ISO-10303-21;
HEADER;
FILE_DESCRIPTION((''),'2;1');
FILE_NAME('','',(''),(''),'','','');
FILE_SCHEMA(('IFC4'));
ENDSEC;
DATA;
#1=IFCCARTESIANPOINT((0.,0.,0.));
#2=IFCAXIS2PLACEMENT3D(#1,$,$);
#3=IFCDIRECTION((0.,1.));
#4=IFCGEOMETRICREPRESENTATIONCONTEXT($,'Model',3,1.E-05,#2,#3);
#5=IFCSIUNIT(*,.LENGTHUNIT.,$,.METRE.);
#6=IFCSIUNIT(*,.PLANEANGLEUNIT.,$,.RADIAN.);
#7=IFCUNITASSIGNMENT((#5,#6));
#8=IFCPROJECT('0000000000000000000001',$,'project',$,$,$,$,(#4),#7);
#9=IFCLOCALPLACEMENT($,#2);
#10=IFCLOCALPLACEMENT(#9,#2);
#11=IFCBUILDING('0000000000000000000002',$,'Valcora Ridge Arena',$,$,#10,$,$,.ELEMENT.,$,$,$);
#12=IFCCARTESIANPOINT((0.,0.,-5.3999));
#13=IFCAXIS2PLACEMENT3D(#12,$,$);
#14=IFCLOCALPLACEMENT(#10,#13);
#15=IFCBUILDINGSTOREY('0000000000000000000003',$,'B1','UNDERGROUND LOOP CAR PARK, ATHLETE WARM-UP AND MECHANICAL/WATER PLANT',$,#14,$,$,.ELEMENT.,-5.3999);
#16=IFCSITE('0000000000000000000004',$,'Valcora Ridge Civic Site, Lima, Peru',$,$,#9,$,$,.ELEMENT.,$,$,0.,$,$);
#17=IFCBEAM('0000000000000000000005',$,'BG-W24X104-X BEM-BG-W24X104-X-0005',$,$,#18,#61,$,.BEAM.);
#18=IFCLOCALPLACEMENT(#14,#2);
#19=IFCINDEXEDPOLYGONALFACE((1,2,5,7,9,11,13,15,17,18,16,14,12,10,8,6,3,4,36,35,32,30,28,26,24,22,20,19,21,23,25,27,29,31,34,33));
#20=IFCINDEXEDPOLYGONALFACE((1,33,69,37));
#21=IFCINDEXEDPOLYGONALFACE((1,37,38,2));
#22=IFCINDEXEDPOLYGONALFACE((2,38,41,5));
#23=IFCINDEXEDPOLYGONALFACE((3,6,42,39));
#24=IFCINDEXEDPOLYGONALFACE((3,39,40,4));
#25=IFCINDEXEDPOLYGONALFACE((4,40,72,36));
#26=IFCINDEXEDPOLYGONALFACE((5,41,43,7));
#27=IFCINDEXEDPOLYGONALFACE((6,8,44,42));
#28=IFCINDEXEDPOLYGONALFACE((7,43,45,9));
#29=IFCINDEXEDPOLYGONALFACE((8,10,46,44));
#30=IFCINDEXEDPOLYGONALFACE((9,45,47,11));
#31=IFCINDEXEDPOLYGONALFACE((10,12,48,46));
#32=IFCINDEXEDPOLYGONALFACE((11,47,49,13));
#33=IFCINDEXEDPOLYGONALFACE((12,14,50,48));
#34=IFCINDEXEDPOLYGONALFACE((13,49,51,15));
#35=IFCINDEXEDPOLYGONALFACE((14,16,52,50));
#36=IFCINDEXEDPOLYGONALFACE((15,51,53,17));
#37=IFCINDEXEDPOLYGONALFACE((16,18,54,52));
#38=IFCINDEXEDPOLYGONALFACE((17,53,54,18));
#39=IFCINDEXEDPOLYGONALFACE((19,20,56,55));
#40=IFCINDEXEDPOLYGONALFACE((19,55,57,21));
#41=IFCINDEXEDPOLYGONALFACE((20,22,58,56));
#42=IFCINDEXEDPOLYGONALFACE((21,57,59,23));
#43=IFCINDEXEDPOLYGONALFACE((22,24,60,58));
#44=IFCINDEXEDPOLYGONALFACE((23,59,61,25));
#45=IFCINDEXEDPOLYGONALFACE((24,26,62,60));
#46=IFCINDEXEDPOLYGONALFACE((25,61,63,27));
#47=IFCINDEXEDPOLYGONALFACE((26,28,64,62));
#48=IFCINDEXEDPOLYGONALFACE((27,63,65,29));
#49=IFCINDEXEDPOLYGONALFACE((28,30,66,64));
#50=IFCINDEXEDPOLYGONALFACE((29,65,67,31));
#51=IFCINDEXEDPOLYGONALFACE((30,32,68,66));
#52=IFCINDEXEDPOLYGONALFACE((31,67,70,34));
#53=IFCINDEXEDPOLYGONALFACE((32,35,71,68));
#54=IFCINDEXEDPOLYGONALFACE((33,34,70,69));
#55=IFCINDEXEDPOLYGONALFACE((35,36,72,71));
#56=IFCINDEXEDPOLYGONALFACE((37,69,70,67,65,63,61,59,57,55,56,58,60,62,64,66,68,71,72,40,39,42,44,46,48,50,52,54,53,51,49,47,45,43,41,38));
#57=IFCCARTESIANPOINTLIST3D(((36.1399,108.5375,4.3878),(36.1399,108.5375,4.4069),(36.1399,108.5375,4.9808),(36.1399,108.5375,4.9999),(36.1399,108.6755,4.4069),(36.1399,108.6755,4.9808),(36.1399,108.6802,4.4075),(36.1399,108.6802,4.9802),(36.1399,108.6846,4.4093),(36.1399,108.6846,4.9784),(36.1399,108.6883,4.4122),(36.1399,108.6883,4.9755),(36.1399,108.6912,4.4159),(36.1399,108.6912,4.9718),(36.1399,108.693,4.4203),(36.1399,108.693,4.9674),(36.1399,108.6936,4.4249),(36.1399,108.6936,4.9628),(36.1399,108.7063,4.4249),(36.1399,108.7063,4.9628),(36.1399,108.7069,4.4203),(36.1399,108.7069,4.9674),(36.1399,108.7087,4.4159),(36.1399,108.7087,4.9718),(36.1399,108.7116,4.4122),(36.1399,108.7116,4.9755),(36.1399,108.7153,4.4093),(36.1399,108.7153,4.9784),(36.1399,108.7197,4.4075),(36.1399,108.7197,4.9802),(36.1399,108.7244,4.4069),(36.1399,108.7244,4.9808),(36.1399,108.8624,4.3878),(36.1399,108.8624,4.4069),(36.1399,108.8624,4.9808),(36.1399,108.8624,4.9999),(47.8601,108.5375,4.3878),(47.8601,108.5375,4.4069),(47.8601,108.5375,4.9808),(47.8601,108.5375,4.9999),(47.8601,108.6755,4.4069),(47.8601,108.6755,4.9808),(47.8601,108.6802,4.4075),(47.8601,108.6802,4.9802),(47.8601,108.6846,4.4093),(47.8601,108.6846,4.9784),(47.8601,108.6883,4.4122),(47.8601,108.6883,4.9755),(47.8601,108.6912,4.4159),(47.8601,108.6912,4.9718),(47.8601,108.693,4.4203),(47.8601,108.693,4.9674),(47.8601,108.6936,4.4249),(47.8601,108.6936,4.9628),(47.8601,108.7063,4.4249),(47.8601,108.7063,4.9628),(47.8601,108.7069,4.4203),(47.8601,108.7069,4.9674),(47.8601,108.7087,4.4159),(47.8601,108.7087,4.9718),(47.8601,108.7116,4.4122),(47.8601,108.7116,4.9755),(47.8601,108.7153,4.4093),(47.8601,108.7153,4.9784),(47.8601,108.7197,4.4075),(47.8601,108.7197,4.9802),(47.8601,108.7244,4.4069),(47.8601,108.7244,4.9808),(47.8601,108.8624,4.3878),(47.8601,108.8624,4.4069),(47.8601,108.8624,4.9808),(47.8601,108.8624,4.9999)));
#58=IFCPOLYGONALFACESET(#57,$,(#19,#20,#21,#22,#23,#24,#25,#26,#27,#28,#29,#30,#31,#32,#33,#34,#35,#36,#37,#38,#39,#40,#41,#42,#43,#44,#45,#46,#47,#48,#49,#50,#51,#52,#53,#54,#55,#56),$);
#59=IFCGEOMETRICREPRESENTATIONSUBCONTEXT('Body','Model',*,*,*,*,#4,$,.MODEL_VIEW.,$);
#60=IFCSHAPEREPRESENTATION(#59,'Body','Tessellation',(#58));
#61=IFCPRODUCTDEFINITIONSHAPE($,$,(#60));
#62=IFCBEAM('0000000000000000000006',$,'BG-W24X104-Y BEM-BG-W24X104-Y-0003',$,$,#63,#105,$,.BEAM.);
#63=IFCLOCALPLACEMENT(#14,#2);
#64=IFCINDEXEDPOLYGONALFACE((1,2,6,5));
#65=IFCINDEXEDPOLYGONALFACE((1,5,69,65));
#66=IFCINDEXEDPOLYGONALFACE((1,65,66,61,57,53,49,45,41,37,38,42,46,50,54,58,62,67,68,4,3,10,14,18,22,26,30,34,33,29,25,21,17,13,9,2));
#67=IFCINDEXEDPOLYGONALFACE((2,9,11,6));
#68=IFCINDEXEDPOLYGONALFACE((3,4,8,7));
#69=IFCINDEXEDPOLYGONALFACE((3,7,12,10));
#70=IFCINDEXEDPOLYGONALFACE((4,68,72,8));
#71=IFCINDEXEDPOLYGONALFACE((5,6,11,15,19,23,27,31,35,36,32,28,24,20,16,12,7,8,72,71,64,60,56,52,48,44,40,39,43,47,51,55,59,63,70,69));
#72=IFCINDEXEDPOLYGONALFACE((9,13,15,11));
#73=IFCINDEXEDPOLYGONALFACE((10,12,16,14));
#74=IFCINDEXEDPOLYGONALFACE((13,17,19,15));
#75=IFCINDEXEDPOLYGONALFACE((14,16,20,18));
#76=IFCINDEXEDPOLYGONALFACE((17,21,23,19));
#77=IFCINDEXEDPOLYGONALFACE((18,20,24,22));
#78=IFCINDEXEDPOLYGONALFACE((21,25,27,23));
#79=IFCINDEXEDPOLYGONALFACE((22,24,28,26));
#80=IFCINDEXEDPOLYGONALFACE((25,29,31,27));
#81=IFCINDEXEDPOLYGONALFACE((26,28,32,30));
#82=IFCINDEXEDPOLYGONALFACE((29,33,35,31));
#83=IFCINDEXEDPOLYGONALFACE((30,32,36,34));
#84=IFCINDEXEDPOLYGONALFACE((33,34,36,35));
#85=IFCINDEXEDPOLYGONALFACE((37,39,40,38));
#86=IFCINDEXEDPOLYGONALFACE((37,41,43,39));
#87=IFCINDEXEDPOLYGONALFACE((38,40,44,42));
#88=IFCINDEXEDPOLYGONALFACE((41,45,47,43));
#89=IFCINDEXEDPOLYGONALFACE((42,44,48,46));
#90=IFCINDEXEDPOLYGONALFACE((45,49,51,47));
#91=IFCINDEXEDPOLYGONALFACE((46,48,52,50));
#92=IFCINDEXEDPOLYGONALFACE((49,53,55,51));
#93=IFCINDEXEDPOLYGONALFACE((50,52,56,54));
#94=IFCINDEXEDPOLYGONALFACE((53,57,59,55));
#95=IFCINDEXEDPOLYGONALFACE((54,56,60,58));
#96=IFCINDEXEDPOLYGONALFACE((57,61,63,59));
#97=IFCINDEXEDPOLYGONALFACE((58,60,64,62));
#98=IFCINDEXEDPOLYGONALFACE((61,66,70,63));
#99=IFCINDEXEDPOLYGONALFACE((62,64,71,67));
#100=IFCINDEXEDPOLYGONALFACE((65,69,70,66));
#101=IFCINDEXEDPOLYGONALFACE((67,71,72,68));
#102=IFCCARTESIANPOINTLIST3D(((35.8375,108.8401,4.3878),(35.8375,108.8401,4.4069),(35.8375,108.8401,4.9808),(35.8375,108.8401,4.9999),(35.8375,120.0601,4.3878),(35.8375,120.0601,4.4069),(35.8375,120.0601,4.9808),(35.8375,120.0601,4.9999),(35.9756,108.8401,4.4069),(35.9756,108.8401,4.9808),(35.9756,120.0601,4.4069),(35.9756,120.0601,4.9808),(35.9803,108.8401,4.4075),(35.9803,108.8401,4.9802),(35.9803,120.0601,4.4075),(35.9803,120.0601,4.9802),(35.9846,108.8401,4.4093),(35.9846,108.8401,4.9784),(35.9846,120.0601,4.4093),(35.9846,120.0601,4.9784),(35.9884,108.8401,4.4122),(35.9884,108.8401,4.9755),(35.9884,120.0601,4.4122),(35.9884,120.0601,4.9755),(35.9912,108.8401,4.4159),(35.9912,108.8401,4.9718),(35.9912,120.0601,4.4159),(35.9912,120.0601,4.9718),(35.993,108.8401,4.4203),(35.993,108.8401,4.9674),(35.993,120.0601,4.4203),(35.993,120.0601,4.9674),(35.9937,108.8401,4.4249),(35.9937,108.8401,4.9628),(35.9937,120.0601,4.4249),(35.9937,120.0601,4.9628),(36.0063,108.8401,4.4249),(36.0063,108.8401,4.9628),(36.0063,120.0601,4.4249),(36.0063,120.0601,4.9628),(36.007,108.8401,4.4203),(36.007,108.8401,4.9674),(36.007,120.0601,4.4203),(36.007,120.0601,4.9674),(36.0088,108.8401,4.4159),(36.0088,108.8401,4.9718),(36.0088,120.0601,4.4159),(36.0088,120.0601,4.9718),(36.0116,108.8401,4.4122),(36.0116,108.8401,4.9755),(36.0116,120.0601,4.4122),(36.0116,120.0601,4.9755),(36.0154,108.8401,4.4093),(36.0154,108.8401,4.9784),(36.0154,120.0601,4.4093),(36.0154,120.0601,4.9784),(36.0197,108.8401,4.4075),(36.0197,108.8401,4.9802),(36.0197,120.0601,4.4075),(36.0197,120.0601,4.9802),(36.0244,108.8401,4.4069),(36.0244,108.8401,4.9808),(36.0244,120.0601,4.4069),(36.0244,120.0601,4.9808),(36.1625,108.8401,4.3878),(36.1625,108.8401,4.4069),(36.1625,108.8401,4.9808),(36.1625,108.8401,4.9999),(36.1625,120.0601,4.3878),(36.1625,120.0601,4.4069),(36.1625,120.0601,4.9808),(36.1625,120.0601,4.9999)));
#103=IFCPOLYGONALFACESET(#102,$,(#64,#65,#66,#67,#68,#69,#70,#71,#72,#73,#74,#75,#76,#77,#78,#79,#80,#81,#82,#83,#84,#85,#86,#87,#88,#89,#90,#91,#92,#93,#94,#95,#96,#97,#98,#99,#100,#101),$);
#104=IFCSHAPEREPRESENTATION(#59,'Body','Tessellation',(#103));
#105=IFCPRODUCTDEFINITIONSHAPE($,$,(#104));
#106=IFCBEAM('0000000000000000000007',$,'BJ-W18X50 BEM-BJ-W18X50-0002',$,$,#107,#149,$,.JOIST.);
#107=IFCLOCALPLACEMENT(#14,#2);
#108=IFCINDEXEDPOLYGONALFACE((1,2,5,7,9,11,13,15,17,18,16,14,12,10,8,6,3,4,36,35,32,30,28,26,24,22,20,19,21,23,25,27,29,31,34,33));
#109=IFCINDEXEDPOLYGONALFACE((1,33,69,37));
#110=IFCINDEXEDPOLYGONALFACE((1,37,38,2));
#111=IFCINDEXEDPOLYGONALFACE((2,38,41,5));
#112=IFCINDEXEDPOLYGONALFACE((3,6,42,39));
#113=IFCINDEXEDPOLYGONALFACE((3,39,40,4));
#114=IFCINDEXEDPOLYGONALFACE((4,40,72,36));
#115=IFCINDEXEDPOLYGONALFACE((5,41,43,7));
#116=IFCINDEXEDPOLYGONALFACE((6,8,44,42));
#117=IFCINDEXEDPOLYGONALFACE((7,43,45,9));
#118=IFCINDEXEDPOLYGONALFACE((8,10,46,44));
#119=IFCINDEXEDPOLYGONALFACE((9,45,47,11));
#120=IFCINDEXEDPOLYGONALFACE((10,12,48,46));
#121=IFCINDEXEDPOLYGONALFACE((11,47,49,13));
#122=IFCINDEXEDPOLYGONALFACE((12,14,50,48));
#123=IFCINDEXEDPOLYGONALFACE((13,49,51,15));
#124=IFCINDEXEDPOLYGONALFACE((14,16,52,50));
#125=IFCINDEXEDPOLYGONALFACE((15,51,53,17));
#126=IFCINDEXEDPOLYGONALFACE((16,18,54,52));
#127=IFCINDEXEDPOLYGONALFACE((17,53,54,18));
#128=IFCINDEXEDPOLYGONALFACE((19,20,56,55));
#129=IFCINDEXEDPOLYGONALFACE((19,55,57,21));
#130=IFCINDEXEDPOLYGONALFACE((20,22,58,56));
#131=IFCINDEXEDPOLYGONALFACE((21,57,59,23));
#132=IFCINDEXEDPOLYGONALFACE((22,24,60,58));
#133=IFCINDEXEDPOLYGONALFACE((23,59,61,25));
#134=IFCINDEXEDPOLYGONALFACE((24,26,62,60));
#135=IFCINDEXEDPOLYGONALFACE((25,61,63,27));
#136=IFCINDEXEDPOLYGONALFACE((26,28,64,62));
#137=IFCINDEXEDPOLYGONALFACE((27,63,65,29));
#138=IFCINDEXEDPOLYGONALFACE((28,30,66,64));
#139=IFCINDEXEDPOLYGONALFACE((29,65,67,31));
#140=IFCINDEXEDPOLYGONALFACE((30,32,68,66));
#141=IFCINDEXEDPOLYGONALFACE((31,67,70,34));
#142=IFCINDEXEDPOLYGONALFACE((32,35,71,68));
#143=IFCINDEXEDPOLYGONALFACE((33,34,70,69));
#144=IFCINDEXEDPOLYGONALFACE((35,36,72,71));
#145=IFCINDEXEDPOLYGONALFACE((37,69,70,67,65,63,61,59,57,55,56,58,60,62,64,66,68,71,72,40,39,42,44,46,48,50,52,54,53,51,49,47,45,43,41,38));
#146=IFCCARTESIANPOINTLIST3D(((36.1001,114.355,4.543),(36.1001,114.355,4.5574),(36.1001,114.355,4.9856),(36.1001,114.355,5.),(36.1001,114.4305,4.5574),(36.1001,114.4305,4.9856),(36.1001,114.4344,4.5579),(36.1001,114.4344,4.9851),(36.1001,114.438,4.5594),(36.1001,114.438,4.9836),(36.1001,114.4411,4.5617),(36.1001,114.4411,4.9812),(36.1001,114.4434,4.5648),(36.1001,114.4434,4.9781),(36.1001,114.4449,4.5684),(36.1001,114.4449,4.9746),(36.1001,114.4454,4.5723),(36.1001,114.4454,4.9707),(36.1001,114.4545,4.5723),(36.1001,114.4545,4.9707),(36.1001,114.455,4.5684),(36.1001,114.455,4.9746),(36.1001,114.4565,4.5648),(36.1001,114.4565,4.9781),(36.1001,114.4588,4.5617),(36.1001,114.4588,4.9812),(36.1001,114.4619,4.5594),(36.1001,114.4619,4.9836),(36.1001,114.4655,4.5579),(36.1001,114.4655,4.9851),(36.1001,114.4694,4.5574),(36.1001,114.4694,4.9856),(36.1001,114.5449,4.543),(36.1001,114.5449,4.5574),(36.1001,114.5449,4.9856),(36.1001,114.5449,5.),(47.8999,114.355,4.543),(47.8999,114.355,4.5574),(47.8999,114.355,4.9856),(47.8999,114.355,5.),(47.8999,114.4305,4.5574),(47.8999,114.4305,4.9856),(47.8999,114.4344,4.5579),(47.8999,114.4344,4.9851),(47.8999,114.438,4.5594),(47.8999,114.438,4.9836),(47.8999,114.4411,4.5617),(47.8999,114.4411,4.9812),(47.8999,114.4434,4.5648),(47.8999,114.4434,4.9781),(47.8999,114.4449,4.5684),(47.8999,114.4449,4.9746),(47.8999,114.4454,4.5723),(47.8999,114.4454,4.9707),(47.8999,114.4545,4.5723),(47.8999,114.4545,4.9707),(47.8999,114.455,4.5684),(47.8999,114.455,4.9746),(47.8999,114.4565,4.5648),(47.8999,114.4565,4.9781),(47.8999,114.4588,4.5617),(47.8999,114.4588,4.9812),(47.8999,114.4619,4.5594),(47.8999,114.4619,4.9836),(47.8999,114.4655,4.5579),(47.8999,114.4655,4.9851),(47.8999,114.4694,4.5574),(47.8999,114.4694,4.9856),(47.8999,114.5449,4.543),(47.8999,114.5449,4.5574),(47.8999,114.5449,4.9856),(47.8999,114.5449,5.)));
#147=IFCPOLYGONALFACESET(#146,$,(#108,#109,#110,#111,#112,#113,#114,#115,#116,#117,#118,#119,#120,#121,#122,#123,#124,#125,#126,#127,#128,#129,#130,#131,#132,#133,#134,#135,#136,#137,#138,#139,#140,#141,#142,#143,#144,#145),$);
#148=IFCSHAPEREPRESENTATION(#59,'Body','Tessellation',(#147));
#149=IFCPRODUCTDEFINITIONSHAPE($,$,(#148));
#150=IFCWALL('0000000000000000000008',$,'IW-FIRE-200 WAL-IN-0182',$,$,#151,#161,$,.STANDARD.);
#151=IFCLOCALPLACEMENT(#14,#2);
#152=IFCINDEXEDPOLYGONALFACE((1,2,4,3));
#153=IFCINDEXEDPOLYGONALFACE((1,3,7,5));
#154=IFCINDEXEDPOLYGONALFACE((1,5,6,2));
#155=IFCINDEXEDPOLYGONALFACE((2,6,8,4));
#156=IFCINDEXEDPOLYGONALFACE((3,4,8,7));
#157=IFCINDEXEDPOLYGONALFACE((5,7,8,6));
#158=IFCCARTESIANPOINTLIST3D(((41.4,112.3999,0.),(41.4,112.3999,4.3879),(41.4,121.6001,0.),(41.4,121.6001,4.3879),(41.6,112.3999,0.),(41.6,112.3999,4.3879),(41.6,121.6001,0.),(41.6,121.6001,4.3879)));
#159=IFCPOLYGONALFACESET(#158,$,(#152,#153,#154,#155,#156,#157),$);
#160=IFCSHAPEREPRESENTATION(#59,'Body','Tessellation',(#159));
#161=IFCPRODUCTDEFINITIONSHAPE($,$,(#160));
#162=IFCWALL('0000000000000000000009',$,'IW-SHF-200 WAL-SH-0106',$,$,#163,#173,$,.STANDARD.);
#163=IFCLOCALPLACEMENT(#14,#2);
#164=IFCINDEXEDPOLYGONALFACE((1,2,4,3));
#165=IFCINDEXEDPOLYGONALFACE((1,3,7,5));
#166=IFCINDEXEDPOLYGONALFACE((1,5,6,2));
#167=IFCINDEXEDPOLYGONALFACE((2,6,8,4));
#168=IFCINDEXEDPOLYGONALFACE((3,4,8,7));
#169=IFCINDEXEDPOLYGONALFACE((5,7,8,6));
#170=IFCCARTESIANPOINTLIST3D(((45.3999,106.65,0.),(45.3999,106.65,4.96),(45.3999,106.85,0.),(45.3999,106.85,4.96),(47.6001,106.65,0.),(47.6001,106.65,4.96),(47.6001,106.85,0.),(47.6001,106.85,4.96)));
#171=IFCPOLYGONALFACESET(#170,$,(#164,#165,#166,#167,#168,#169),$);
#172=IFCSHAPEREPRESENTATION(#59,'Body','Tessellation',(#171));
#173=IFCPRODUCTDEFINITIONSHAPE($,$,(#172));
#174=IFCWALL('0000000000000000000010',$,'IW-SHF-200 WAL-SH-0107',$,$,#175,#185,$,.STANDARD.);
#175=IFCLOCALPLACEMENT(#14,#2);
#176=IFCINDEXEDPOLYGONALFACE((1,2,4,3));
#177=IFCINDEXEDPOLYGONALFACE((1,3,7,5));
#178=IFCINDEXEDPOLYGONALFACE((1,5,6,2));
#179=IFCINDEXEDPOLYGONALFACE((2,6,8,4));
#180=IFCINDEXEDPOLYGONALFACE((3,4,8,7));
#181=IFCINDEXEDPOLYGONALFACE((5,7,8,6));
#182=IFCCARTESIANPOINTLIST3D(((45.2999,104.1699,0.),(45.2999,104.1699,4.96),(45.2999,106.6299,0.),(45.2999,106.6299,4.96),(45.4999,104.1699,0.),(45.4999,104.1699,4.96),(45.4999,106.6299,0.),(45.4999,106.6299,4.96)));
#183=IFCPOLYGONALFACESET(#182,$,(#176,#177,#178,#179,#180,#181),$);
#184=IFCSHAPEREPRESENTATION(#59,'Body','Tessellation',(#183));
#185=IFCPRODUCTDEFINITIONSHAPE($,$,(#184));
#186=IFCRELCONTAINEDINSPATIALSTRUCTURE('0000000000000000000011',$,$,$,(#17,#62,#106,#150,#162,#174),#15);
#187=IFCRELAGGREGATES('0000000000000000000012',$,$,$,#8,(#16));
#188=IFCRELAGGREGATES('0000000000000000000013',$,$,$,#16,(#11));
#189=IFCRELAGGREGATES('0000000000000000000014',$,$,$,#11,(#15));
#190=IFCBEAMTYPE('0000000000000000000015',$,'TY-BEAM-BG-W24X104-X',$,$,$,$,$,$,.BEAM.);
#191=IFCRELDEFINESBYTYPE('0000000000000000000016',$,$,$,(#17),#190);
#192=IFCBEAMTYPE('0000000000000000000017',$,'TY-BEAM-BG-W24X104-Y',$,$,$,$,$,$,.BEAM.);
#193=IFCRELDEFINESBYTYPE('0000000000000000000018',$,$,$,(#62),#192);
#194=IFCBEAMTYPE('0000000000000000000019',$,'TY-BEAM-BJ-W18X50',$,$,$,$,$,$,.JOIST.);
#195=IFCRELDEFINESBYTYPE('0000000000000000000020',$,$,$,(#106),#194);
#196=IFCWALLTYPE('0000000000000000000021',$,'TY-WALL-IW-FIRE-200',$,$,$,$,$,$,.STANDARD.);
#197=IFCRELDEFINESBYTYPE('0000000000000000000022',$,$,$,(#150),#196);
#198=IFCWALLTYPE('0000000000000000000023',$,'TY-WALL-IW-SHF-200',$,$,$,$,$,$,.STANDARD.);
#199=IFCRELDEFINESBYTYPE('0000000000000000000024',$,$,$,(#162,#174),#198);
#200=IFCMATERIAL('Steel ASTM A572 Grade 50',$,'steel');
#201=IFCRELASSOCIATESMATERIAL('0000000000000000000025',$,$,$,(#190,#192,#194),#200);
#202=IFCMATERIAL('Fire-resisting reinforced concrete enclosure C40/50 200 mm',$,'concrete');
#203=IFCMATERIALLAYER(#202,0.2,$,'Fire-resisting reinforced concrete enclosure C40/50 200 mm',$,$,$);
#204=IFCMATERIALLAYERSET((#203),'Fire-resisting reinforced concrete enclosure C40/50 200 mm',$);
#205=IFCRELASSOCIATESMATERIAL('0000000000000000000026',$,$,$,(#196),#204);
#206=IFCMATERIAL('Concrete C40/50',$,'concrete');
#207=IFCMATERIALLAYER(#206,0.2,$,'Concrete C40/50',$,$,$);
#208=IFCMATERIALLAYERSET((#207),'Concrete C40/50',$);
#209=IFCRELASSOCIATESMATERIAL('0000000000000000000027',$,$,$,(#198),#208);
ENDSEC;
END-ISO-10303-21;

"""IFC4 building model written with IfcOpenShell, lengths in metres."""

from ifc_helpers import new_model, si_unit, direction, frame, frame_2d, origin, origin_2d, place, context, subcontext, project, spatial, rectangle, i_section, extrude, material, layer, layer_set, material_profile, profile_set, type_object, element, save


model = new_model("IFC4")

# Units and contexts
model_context = context("Model", 3, precision=1e-05, world=origin(), true_north=direction((0.0, 1.0)))
body_context = subcontext(model_context, "Body", "Model", "MODEL_VIEW")
ifc_project = project(units=[si_unit("LENGTHUNIT", "METRE"), si_unit("PLANEANGLEUNIT", "RADIAN")], contexts=[model_context])

# Site, building, storey
site_placement = place(None, origin())
site = spatial("IfcSite", under=ifc_project, at=site_placement, Name="Valcora Ridge Civic Site, Lima, Peru", CompositionType="ELEMENT", RefElevation=0.0)
building_placement = place(site_placement, origin())
building = spatial("IfcBuilding", under=site, at=building_placement, Name="Valcora Ridge Arena", CompositionType="ELEMENT")
storey_placement = place(building_placement, frame((0.0, 0.0, -5.3999)))
storey = spatial("IfcBuildingStorey", under=building, at=storey_placement, Name="B1", Description="UNDERGROUND LOOP CAR PARK, ATHLETE WARM-UP AND MECHANICAL/WATER PLANT", CompositionType="ELEMENT", Elevation=-5.3999)

# Shared definitions
ifc_material_1 = material(Name="Concrete C40/50", Category="concrete")

# Beams
ifc_material_2 = material(Name="Steel ASTM A572 Grade 50", Category="steel")
ifc_material_profile_1 = material_profile(ifc_material_2, i_section(OverallWidth=0.325, OverallDepth=0.6121, WebThickness=0.0127, FlangeThickness=0.019, FilletRadius=0.0181, at=origin_2d()), Name="W24X104")
ifc_profile_set_1 = profile_set([ifc_material_profile_1], Name="Steel ASTM A572 Grade 50")
beam_type_1 = type_object("IfcBeamType", Name="TY-BEAM-BG-W24X104-X", PredefinedType="BEAM", material=ifc_profile_set_1)
beam_1_placement = place(storey_placement, frame((36.1399, 108.7, 4.6938), z_axis=(1.0, 0.0, 0.0), x_axis=(0.0, 1.0, 0.0)))
element("IfcBeam", 1, at=beam_1_placement, inside=storey, type_object=beam_type_1, Name="BG-W24X104-X BEM-BG-W24X104-X-0005", PredefinedType="BEAM", context=body_context, shape_type="SweptSolid", body=[
    extrude(i_section(OverallWidth=0.325, OverallDepth=0.6121, WebThickness=0.0127, FlangeThickness=0.019, FilletRadius=0.0181, at=origin_2d()), origin(), (0.0, 0.0, 1.0), 11.7202),
])
ifc_material_profile_2 = material_profile(ifc_material_2, i_section(OverallWidth=0.325, OverallDepth=0.6121, WebThickness=0.0127, FlangeThickness=0.019, FilletRadius=0.0181, at=origin_2d()), Name="W24X104")
ifc_profile_set_2 = profile_set([ifc_material_profile_2], Name="Steel ASTM A572 Grade 50")
beam_type_2 = type_object("IfcBeamType", Name="TY-BEAM-BG-W24X104-Y", PredefinedType="BEAM", material=ifc_profile_set_2)
beam_2_placement = place(storey_placement, frame((36.0, 108.8401, 4.6938), z_axis=(0.0, 1.0, 0.0), x_axis=(-1.0, 0.0, 0.0)))
element("IfcBeam", 2, at=beam_2_placement, inside=storey, type_object=beam_type_2, Name="BG-W24X104-Y BEM-BG-W24X104-Y-0003", PredefinedType="BEAM", context=body_context, shape_type="SweptSolid", body=[
    extrude(i_section(OverallWidth=0.325, OverallDepth=0.6121, WebThickness=0.0127, FlangeThickness=0.019, FilletRadius=0.0181, at=origin_2d()), origin(), (0.0, 0.0, 1.0), 11.22),
])
ifc_material_profile_3 = material_profile(ifc_material_2, i_section(OverallWidth=0.1899, OverallDepth=0.457, WebThickness=0.009, FlangeThickness=0.0144, FilletRadius=0.0149, at=origin_2d()), Name="W18X50")
ifc_profile_set_3 = profile_set([ifc_material_profile_3], Name="Steel ASTM A572 Grade 50")
beam_type_3 = type_object("IfcBeamType", Name="TY-BEAM-BJ-W18X50", PredefinedType="JOIST", material=ifc_profile_set_3)
beam_3_placement = place(storey_placement, frame((36.1001, 114.45, 4.7715), z_axis=(1.0, 0.0, 0.0), x_axis=(0.0, 1.0, 0.0)))
element("IfcBeam", 3, at=beam_3_placement, inside=storey, type_object=beam_type_3, Name="BJ-W18X50 BEM-BJ-W18X50-0002", PredefinedType="JOIST", context=body_context, shape_type="SweptSolid", body=[
    extrude(i_section(OverallWidth=0.1899, OverallDepth=0.457, WebThickness=0.009, FlangeThickness=0.0144, FilletRadius=0.0149, at=origin_2d()), origin(), (0.0, 0.0, 1.0), 11.7998),
])

# Wall
ifc_material_3 = material(Name="Fire-resisting reinforced concrete enclosure C40/50 200 mm", Category="concrete")
ifc_layer_1 = layer(ifc_material_3, 0.2, Name="Fire-resisting reinforced concrete enclosure C40/50 200 mm")
ifc_layer_set_1 = layer_set([ifc_layer_1], Name="Fire-resisting reinforced concrete enclosure C40/50 200 mm")
wall_type_1 = type_object("IfcWallType", Name="TY-WALL-IW-FIRE-200", PredefinedType="STANDARD", material=ifc_layer_set_1)
wall_1_placement = place(storey_placement, frame((41.5, 112.3999, 0.0), z_axis=(0.0, 0.0, 1.0), x_axis=(0.0, 1.0, 0.0)))
element("IfcWall", 4, at=wall_1_placement, inside=storey, type_object=wall_type_1, Name="IW-FIRE-200 WAL-IN-0182", PredefinedType="STANDARD", context=body_context, shape_type="SweptSolid", body=[
    extrude(rectangle(XDim=9.2002, YDim=0.2, at=frame_2d((4.6001, 0.0))), origin(), (0.0, 0.0, 1.0), 4.3879),
])

# Shared definitions
ifc_layer_2 = layer(ifc_material_1, 0.2, Name="Concrete C40/50")
ifc_layer_set_2 = layer_set([ifc_layer_2], Name="Concrete C40/50")
wall_type_2 = type_object("IfcWallType", Name="TY-WALL-IW-SHF-200", PredefinedType="STANDARD", material=ifc_layer_set_2)

# Walls
wall_2_placement = place(storey_placement, frame((45.3999, 106.75, 0.0), z_axis=(0.0, 0.0, 1.0), x_axis=(1.0, 0.0, 0.0)))
element("IfcWall", 5, at=wall_2_placement, inside=storey, type_object=wall_type_2, Name="IW-SHF-200 WAL-SH-0106", PredefinedType="STANDARD", context=body_context, shape_type="SweptSolid", body=[
    extrude(rectangle(XDim=2.2002, YDim=0.2, at=frame_2d((1.1001, 0.0))), origin(), (0.0, 0.0, 1.0), 4.96),
])
wall_3_placement = place(storey_placement, frame((45.3999, 104.1699, 0.0), z_axis=(0.0, 0.0, 1.0), x_axis=(0.0, 1.0, 0.0)))
element("IfcWall", 6, at=wall_3_placement, inside=storey, type_object=wall_type_2, Name="IW-SHF-200 WAL-SH-0107", PredefinedType="STANDARD", context=body_context, shape_type="SweptSolid", body=[
    extrude(rectangle(XDim=2.46, YDim=0.2, at=frame_2d((1.23, 0.0))), origin(), (0.0, 0.0, 1.0), 4.96),
])

save(model, "model.ifc")
